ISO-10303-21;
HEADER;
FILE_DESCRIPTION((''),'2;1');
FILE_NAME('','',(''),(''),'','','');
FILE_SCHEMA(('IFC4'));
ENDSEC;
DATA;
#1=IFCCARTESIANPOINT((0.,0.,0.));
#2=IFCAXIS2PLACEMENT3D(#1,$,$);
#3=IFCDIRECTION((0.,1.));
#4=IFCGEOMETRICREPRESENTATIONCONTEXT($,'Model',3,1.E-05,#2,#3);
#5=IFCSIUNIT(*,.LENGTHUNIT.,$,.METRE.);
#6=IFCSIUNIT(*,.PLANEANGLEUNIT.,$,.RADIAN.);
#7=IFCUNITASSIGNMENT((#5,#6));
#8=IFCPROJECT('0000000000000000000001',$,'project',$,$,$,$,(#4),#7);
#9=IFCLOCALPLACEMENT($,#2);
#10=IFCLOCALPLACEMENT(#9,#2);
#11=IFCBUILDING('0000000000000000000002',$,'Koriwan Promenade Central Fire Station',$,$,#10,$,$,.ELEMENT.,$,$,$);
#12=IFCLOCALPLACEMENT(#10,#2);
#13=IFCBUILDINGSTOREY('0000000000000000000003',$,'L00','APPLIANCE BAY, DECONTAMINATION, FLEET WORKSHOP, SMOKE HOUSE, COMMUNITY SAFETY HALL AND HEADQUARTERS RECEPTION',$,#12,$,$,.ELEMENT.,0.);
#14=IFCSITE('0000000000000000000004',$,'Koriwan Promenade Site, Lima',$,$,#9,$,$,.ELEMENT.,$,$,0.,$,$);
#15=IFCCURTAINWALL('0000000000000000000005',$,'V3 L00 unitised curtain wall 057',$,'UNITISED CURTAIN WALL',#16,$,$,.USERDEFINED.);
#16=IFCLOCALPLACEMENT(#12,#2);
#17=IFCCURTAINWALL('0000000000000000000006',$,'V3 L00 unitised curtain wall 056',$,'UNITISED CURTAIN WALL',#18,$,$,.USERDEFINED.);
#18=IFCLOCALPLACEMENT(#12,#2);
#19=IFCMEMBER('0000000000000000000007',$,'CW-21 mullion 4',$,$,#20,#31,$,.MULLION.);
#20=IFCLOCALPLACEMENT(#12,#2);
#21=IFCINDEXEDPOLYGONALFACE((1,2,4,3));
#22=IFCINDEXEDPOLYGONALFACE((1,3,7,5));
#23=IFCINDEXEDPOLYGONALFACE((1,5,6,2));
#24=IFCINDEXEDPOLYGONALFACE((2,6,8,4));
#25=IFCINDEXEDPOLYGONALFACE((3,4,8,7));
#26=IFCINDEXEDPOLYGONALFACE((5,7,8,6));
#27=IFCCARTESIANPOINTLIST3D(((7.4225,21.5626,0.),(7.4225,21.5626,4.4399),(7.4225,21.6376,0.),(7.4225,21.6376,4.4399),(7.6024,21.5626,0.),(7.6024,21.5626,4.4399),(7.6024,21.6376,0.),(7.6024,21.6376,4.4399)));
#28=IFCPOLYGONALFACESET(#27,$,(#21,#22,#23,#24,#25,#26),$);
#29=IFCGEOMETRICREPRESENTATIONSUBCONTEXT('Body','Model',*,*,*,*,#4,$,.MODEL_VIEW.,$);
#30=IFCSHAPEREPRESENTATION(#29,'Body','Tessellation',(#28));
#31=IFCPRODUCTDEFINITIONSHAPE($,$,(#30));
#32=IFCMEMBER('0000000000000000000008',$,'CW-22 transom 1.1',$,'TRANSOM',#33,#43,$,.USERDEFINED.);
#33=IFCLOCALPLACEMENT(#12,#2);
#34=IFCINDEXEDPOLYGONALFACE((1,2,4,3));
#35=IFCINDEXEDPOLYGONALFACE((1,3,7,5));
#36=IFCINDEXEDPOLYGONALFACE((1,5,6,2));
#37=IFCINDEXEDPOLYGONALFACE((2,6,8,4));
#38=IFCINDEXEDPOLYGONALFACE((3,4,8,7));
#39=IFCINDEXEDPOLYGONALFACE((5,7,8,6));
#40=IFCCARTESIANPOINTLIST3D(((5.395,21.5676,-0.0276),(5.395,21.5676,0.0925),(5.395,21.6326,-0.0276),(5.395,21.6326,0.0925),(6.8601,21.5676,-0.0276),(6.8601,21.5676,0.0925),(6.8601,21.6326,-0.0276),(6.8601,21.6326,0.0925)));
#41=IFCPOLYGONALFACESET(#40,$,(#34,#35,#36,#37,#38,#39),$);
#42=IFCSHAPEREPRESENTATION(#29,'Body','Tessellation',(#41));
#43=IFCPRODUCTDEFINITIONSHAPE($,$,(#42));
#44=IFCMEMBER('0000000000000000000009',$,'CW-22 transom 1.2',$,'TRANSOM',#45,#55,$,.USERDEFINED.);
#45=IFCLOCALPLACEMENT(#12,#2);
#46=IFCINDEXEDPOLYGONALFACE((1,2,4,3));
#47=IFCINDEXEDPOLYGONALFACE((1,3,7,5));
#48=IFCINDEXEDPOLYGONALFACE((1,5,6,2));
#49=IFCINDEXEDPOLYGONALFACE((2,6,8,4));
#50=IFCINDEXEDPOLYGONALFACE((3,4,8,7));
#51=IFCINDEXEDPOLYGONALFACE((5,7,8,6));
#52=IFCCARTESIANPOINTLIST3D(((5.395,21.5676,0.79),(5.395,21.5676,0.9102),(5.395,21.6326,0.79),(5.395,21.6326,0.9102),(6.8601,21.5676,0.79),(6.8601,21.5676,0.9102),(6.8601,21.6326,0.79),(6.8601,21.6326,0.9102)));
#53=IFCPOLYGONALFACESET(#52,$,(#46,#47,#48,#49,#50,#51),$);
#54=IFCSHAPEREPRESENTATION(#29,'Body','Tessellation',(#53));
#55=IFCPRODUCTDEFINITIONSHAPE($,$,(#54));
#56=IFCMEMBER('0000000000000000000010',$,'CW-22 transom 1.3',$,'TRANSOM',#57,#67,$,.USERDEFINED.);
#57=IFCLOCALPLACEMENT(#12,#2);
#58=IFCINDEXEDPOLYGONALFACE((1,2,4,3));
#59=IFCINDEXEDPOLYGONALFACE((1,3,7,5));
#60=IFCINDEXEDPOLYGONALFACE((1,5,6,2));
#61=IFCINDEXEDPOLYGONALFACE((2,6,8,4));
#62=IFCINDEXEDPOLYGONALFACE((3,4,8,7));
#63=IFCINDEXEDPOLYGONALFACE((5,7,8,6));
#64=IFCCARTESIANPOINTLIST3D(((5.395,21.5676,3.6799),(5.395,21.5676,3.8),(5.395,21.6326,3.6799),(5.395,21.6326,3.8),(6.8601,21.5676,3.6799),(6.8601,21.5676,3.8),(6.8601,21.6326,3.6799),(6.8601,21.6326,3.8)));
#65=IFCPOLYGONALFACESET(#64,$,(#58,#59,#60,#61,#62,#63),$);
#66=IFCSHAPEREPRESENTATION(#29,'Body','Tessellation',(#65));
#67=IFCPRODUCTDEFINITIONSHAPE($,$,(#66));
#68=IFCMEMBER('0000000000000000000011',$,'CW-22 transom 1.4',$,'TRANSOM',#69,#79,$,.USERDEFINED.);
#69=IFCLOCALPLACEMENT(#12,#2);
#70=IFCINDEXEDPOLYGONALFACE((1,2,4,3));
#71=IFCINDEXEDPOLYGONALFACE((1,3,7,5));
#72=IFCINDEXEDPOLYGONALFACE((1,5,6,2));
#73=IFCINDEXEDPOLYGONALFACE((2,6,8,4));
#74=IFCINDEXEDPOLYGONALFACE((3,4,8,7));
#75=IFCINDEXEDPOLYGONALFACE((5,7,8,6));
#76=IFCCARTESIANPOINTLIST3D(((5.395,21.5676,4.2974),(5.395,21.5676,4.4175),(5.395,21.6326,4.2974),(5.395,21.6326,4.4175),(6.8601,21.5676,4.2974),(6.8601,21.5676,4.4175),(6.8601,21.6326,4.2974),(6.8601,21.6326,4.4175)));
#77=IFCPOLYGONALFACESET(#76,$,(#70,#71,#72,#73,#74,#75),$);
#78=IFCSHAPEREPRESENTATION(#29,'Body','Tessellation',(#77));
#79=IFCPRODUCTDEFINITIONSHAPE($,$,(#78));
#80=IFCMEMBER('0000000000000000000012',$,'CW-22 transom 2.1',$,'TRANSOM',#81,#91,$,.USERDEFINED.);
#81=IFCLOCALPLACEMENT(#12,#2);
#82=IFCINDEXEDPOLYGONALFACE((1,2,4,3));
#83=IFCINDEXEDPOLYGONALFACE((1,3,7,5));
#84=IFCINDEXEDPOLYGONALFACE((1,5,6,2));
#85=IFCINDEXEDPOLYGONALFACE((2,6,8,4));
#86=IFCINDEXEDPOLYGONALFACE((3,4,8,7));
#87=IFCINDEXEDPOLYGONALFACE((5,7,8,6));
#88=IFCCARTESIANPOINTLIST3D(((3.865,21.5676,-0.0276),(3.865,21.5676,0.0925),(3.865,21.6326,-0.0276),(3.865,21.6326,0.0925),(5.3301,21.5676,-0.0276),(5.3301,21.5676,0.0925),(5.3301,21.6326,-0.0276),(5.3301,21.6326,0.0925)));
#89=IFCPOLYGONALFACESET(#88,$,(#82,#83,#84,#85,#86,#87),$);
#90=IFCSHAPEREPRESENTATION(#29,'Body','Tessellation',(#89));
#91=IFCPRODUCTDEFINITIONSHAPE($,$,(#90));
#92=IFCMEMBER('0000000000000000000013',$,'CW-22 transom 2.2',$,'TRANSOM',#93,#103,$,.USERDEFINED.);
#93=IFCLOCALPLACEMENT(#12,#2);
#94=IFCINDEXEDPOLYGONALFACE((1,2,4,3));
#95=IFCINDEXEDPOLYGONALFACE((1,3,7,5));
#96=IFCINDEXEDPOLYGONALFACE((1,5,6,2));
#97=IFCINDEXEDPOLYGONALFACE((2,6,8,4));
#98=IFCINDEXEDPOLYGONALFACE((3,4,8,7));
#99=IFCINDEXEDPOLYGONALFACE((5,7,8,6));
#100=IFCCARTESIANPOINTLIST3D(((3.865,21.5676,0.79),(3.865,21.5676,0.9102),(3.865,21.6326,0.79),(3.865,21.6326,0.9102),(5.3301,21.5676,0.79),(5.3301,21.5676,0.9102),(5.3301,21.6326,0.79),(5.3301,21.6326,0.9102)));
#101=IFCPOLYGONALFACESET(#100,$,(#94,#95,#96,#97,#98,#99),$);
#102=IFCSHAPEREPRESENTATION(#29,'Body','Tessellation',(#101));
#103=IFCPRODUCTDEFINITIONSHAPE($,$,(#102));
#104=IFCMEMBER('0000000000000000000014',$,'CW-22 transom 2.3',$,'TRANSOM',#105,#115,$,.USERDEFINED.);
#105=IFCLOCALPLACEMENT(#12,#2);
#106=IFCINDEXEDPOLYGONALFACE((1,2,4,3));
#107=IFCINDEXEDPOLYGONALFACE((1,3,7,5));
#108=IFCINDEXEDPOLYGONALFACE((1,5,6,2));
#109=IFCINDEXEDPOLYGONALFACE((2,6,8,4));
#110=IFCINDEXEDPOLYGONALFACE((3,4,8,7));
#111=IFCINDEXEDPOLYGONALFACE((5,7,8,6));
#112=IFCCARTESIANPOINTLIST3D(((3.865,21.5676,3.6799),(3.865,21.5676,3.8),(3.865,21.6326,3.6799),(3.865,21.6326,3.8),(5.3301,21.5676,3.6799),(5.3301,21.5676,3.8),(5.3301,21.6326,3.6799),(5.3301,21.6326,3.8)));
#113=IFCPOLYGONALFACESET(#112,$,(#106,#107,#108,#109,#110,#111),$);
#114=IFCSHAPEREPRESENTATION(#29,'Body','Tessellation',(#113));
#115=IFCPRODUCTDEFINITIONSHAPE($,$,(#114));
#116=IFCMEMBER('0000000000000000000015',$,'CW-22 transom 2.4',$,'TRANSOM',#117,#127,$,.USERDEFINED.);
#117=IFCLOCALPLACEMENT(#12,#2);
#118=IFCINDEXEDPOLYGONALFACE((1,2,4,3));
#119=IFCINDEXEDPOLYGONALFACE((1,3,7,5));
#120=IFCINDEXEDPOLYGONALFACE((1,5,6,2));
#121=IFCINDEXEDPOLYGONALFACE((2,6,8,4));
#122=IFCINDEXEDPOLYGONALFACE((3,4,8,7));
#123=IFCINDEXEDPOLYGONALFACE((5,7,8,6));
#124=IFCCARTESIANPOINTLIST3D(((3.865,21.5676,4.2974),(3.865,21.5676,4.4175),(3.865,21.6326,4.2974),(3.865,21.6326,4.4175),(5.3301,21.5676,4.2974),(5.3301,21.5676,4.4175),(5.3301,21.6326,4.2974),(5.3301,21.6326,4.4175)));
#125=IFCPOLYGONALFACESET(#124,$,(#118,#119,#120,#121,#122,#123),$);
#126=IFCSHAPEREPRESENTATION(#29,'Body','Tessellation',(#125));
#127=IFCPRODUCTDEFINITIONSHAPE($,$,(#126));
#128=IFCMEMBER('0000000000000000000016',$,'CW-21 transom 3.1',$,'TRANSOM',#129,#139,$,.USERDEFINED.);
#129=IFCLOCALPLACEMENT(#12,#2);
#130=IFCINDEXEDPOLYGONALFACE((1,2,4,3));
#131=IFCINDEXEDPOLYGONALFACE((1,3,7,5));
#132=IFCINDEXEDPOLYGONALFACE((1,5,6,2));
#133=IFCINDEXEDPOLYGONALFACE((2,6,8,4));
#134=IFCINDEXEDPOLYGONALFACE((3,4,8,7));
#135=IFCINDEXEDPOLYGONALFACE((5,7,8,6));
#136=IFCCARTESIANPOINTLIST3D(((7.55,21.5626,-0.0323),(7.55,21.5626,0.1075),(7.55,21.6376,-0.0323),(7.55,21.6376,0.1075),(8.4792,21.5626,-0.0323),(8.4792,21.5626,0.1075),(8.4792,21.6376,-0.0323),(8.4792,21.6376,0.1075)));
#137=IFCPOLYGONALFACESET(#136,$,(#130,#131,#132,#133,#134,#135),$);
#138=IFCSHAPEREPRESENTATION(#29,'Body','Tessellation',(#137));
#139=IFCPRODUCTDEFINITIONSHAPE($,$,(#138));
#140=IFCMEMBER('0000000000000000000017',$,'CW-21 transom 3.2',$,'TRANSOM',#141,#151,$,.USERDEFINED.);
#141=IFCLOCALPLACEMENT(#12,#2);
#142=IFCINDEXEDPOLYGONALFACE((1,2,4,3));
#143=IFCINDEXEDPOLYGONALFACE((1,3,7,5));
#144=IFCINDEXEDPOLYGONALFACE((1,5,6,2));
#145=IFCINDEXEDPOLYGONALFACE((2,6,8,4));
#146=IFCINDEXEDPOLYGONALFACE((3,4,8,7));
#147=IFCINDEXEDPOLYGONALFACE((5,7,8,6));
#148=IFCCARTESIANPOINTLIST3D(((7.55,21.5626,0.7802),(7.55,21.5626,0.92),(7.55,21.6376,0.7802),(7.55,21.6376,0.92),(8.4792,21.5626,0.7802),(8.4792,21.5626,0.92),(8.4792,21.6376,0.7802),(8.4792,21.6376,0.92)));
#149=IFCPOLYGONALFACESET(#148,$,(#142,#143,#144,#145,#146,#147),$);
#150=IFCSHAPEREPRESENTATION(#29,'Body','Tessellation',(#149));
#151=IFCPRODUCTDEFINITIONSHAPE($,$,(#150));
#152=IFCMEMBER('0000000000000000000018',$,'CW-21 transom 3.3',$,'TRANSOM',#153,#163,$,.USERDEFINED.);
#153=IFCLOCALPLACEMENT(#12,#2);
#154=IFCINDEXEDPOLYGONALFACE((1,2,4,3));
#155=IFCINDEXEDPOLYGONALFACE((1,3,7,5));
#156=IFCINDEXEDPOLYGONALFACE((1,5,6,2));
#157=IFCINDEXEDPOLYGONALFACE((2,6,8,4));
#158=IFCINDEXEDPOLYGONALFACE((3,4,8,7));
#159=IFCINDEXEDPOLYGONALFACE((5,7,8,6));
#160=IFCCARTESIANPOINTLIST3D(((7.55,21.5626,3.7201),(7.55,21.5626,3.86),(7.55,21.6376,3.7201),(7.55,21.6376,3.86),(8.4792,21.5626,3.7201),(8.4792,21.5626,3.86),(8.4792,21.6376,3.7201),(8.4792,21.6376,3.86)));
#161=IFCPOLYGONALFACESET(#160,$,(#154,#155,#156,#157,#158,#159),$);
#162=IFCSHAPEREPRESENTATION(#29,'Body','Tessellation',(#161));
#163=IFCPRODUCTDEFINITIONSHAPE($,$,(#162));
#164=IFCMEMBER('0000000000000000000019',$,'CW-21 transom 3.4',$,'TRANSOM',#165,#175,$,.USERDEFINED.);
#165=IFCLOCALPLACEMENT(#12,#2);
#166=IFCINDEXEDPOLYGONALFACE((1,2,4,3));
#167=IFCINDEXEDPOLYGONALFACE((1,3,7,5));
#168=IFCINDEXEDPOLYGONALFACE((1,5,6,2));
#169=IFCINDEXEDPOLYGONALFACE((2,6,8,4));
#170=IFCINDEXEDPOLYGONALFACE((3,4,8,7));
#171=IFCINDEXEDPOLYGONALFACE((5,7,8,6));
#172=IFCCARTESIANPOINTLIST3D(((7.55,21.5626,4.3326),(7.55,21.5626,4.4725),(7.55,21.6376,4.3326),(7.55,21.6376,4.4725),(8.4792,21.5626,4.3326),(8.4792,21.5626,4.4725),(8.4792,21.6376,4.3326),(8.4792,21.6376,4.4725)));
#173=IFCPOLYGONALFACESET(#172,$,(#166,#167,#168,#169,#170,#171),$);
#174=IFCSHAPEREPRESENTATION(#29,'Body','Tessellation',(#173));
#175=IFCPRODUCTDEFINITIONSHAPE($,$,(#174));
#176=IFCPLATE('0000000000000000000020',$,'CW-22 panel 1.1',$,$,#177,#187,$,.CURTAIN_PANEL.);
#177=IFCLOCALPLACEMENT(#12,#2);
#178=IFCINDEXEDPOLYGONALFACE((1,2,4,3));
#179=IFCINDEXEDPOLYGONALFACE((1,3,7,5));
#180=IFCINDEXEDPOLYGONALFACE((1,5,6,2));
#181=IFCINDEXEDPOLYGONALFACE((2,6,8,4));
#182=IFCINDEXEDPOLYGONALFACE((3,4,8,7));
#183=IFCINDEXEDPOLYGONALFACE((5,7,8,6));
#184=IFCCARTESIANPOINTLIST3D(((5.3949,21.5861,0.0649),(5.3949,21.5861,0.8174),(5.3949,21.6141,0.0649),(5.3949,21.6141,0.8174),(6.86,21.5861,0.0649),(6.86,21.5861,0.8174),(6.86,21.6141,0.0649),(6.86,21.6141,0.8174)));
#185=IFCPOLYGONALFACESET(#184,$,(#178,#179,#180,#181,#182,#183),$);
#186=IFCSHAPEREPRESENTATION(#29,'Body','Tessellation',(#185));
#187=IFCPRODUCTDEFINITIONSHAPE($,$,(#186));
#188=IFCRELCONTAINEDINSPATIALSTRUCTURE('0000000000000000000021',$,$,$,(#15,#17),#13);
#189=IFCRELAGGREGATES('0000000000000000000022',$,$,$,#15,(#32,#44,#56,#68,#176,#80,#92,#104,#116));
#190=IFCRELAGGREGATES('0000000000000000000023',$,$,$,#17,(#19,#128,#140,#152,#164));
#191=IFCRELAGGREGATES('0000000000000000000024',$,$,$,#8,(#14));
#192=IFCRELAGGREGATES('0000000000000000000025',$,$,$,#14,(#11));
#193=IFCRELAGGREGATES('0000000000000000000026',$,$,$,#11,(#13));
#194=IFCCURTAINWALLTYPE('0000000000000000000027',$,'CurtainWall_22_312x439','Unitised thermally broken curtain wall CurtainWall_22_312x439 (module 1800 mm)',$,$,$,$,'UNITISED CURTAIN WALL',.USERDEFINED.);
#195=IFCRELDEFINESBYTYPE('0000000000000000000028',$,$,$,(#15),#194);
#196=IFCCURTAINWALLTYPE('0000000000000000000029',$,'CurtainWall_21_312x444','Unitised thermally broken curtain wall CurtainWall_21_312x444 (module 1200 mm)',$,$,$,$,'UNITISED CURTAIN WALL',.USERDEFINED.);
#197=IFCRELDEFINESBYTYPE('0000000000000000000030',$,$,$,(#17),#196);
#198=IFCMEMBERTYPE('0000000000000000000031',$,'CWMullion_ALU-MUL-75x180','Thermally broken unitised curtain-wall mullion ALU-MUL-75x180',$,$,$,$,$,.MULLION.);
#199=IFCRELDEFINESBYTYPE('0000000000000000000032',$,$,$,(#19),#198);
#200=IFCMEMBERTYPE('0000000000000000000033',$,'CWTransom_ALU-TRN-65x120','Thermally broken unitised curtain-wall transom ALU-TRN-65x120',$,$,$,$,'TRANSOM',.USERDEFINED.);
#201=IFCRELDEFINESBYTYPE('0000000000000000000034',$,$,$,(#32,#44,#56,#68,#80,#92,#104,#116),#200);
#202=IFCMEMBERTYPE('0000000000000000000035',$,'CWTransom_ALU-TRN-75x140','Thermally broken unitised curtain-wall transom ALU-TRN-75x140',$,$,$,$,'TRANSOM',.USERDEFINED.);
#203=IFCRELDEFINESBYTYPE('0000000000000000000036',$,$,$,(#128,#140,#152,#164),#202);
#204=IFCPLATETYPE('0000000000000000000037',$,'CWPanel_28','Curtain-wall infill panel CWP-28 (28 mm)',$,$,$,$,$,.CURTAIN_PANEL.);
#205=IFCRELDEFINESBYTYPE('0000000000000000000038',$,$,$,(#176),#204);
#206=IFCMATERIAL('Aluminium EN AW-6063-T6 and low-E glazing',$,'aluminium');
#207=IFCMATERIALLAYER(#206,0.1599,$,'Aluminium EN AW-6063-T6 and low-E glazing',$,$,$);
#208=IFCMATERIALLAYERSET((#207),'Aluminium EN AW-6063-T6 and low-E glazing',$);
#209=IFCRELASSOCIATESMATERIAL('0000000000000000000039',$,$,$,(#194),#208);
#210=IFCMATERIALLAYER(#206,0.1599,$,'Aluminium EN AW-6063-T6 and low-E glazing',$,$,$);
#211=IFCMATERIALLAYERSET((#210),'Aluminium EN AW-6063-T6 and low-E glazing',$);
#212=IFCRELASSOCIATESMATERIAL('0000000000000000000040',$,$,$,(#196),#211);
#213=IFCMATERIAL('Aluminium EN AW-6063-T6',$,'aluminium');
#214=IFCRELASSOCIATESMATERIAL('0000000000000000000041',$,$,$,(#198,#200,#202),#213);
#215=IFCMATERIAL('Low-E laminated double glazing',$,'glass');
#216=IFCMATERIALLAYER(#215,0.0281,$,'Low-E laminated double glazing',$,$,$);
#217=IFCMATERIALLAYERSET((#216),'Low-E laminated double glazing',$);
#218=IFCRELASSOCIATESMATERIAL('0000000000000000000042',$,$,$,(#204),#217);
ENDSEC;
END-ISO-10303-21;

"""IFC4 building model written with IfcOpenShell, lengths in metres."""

from ifc_helpers import new_model, si_unit, direction, frame, origin, origin_2d, place, context, subcontext, project, spatial, rectangle, extrude, material, layer, layer_set, material_profile, profile_set, type_object, element, aggregate, save


model = new_model("IFC4")

# Units and contexts
model_context = context("Model", 3, precision=1e-05, world=origin(), true_north=direction((0.0, 1.0)))
body_context = subcontext(model_context, "Body", "Model", "MODEL_VIEW")
ifc_project = project(units=[si_unit("LENGTHUNIT", "METRE"), si_unit("PLANEANGLEUNIT", "RADIAN")], contexts=[model_context])

# Site, building, storey
site_placement = place(None, origin())
site = spatial("IfcSite", under=ifc_project, at=site_placement, Name="Koriwan Promenade Site, Lima", CompositionType="ELEMENT", RefElevation=0.0)
building_placement = place(site_placement, origin())
building = spatial("IfcBuilding", under=site, at=building_placement, Name="Koriwan Promenade Central Fire Station", CompositionType="ELEMENT")
storey_placement = place(building_placement, origin())
storey = spatial("IfcBuildingStorey", under=building, at=storey_placement, Name="L00", Description="APPLIANCE BAY, DECONTAMINATION, FLEET WORKSHOP, SMOKE HOUSE, COMMUNITY SAFETY HALL AND HEADQUARTERS RECEPTION", CompositionType="ELEMENT", Elevation=0.0)

# Curtain walls, member
ifc_material_1 = material(Name="Aluminium EN AW-6063-T6 and low-E glazing", Category="aluminium")
ifc_layer_1 = layer(ifc_material_1, 0.1599, Name="Aluminium EN AW-6063-T6 and low-E glazing")
ifc_layer_set_1 = layer_set([ifc_layer_1], Name="Aluminium EN AW-6063-T6 and low-E glazing")
curtain_wall_type_1 = type_object("IfcCurtainWallType", Name="CurtainWall_22_312x439", Description="Unitised thermally broken curtain wall CurtainWall_22_312x439 (module 1800 mm)", ElementType="UNITISED CURTAIN WALL", PredefinedType="USERDEFINED", material=ifc_layer_set_1)
curtain_wall_1_placement = place(storey_placement, origin())
curtain_wall_1 = element("IfcCurtainWall", 1, at=curtain_wall_1_placement, inside=storey, type_object=curtain_wall_type_1, Name="V3 L00 unitised curtain wall 057", ObjectType="UNITISED CURTAIN WALL", PredefinedType="USERDEFINED")
ifc_material_2 = material(Name="Aluminium EN AW-6063-T6", Category="aluminium")
ifc_layer_2 = layer(ifc_material_1, 0.1599, Name="Aluminium EN AW-6063-T6 and low-E glazing")
ifc_layer_set_2 = layer_set([ifc_layer_2], Name="Aluminium EN AW-6063-T6 and low-E glazing")
curtain_wall_type_2 = type_object("IfcCurtainWallType", Name="CurtainWall_21_312x444", Description="Unitised thermally broken curtain wall CurtainWall_21_312x444 (module 1200 mm)", ElementType="UNITISED CURTAIN WALL", PredefinedType="USERDEFINED", material=ifc_layer_set_2)
curtain_wall_2_placement = place(storey_placement, origin())
curtain_wall_2 = element("IfcCurtainWall", 2, at=curtain_wall_2_placement, inside=storey, type_object=curtain_wall_type_2, Name="V3 L00 unitised curtain wall 056", ObjectType="UNITISED CURTAIN WALL", PredefinedType="USERDEFINED")
ifc_material_profile_1 = material_profile(ifc_material_2, rectangle(XDim=0.075, YDim=0.1799, at=origin_2d()), Name="ALU-MUL-75x180")
ifc_profile_set_1 = profile_set([ifc_material_profile_1], Name="Aluminium EN AW-6063-T6")
member_type_1 = type_object("IfcMemberType", Name="CWMullion_ALU-MUL-75x180", Description="Thermally broken unitised curtain-wall mullion ALU-MUL-75x180", PredefinedType="MULLION", material=ifc_profile_set_1)
member_1_placement = place(storey_placement, frame((7.5125, 21.6001, 0.0), z_axis=(0.0, 0.0, 1.0), x_axis=(0.0, -1.0, 0.0)))
member_1 = element("IfcMember", 3, at=member_1_placement, type_object=member_type_1, Name="CW-21 mullion 4", PredefinedType="MULLION", context=body_context, shape_type="SweptSolid", body=[
    extrude(rectangle(XDim=0.075, YDim=0.1799, at=origin_2d()), origin(), (0.0, 0.0, 1.0), 4.4399),
])

# Members
ifc_material_profile_2 = material_profile(ifc_material_2, rectangle(XDim=0.0649, YDim=0.1201, at=origin_2d()), Name="ALU-TRN-65x120")
ifc_profile_set_2 = profile_set([ifc_material_profile_2], Name="Aluminium EN AW-6063-T6")
member_type_2 = type_object("IfcMemberType", Name="CWTransom_ALU-TRN-65x120", Description="Thermally broken unitised curtain-wall transom ALU-TRN-65x120", ElementType="TRANSOM", PredefinedType="USERDEFINED", material=ifc_profile_set_2)
member_2_placement = place(storey_placement, frame((6.8601, 21.6001, 0.0325), z_axis=(-1.0, 0.0, 0.0), x_axis=(0.0, -1.0, 0.0)))
member_2 = element("IfcMember", 4, at=member_2_placement, type_object=member_type_2, Name="CW-22 transom 1.1", ObjectType="TRANSOM", PredefinedType="USERDEFINED", context=body_context, shape_type="SweptSolid", body=[
    extrude(rectangle(XDim=0.0649, YDim=0.1201, at=origin_2d()), origin(), (0.0, 0.0, 1.0), 1.4651),
])
member_3_placement = place(storey_placement, frame((6.8601, 21.6001, 0.8501), z_axis=(-1.0, 0.0, 0.0), x_axis=(0.0, -1.0, 0.0)))
member_3 = element("IfcMember", 5, at=member_3_placement, type_object=member_type_2, Name="CW-22 transom 1.2", ObjectType="TRANSOM", PredefinedType="USERDEFINED", context=body_context, shape_type="SweptSolid", body=[
    extrude(rectangle(XDim=0.0649, YDim=0.1201, at=origin_2d()), origin(), (0.0, 0.0, 1.0), 1.4651),
])
member_4_placement = place(storey_placement, frame((6.8601, 21.6001, 3.74), z_axis=(-1.0, 0.0, 0.0), x_axis=(0.0, -1.0, 0.0)))
member_4 = element("IfcMember", 6, at=member_4_placement, type_object=member_type_2, Name="CW-22 transom 1.3", ObjectType="TRANSOM", PredefinedType="USERDEFINED", context=body_context, shape_type="SweptSolid", body=[
    extrude(rectangle(XDim=0.0649, YDim=0.1201, at=origin_2d()), origin(), (0.0, 0.0, 1.0), 1.4651),
])
member_5_placement = place(storey_placement, frame((6.8601, 21.6001, 4.3574), z_axis=(-1.0, 0.0, 0.0), x_axis=(0.0, -1.0, 0.0)))
member_5 = element("IfcMember", 7, at=member_5_placement, type_object=member_type_2, Name="CW-22 transom 1.4", ObjectType="TRANSOM", PredefinedType="USERDEFINED", context=body_context, shape_type="SweptSolid", body=[
    extrude(rectangle(XDim=0.0649, YDim=0.1201, at=origin_2d()), origin(), (0.0, 0.0, 1.0), 1.4651),
])
member_6_placement = place(storey_placement, frame((5.3301, 21.6001, 0.0325), z_axis=(-1.0, 0.0, 0.0), x_axis=(0.0, -1.0, 0.0)))
member_6 = element("IfcMember", 8, at=member_6_placement, type_object=member_type_2, Name="CW-22 transom 2.1", ObjectType="TRANSOM", PredefinedType="USERDEFINED", context=body_context, shape_type="SweptSolid", body=[
    extrude(rectangle(XDim=0.0649, YDim=0.1201, at=origin_2d()), origin(), (0.0, 0.0, 1.0), 1.4651),
])
member_7_placement = place(storey_placement, frame((5.3301, 21.6001, 0.8501), z_axis=(-1.0, 0.0, 0.0), x_axis=(0.0, -1.0, 0.0)))
member_7 = element("IfcMember", 9, at=member_7_placement, type_object=member_type_2, Name="CW-22 transom 2.2", ObjectType="TRANSOM", PredefinedType="USERDEFINED", context=body_context, shape_type="SweptSolid", body=[
    extrude(rectangle(XDim=0.0649, YDim=0.1201, at=origin_2d()), origin(), (0.0, 0.0, 1.0), 1.4651),
])
member_8_placement = place(storey_placement, frame((5.3301, 21.6001, 3.74), z_axis=(-1.0, 0.0, 0.0), x_axis=(0.0, -1.0, 0.0)))
member_8 = element("IfcMember", 10, at=member_8_placement, type_object=member_type_2, Name="CW-22 transom 2.3", ObjectType="TRANSOM", PredefinedType="USERDEFINED", context=body_context, shape_type="SweptSolid", body=[
    extrude(rectangle(XDim=0.0649, YDim=0.1201, at=origin_2d()), origin(), (0.0, 0.0, 1.0), 1.4651),
])
member_9_placement = place(storey_placement, frame((5.3301, 21.6001, 4.3574), z_axis=(-1.0, 0.0, 0.0), x_axis=(0.0, -1.0, 0.0)))
member_9 = element("IfcMember", 11, at=member_9_placement, type_object=member_type_2, Name="CW-22 transom 2.4", ObjectType="TRANSOM", PredefinedType="USERDEFINED", context=body_context, shape_type="SweptSolid", body=[
    extrude(rectangle(XDim=0.0649, YDim=0.1201, at=origin_2d()), origin(), (0.0, 0.0, 1.0), 1.4651),
])
ifc_material_profile_3 = material_profile(ifc_material_2, rectangle(XDim=0.075, YDim=0.1399, at=origin_2d()), Name="ALU-TRN-75x140")
ifc_profile_set_3 = profile_set([ifc_material_profile_3], Name="Aluminium EN AW-6063-T6")
member_type_3 = type_object("IfcMemberType", Name="CWTransom_ALU-TRN-75x140", Description="Thermally broken unitised curtain-wall transom ALU-TRN-75x140", ElementType="TRANSOM", PredefinedType="USERDEFINED", material=ifc_profile_set_3)
member_10_placement = place(storey_placement, frame((8.4792, 21.6001, 0.0376), z_axis=(-1.0, 0.0, 0.0), x_axis=(0.0, -1.0, 0.0)))
member_10 = element("IfcMember", 12, at=member_10_placement, type_object=member_type_3, Name="CW-21 transom 3.1", ObjectType="TRANSOM", PredefinedType="USERDEFINED", context=body_context, shape_type="SweptSolid", body=[
    extrude(rectangle(XDim=0.075, YDim=0.1399, at=origin_2d()), origin(), (0.0, 0.0, 1.0), 0.9292),
])
member_11_placement = place(storey_placement, frame((8.4792, 21.6001, 0.8501), z_axis=(-1.0, 0.0, 0.0), x_axis=(0.0, -1.0, 0.0)))
member_11 = element("IfcMember", 13, at=member_11_placement, type_object=member_type_3, Name="CW-21 transom 3.2", ObjectType="TRANSOM", PredefinedType="USERDEFINED", context=body_context, shape_type="SweptSolid", body=[
    extrude(rectangle(XDim=0.075, YDim=0.1399, at=origin_2d()), origin(), (0.0, 0.0, 1.0), 0.9292),
])
member_12_placement = place(storey_placement, frame((8.4792, 21.6001, 3.79), z_axis=(-1.0, 0.0, 0.0), x_axis=(0.0, -1.0, 0.0)))
member_12 = element("IfcMember", 14, at=member_12_placement, type_object=member_type_3, Name="CW-21 transom 3.3", ObjectType="TRANSOM", PredefinedType="USERDEFINED", context=body_context, shape_type="SweptSolid", body=[
    extrude(rectangle(XDim=0.075, YDim=0.1399, at=origin_2d()), origin(), (0.0, 0.0, 1.0), 0.9292),
])
member_13_placement = place(storey_placement, frame((8.4792, 21.6001, 4.4026), z_axis=(-1.0, 0.0, 0.0), x_axis=(0.0, -1.0, 0.0)))
member_13 = element("IfcMember", 15, at=member_13_placement, type_object=member_type_3, Name="CW-21 transom 3.4", ObjectType="TRANSOM", PredefinedType="USERDEFINED", context=body_context, shape_type="SweptSolid", body=[
    extrude(rectangle(XDim=0.075, YDim=0.1399, at=origin_2d()), origin(), (0.0, 0.0, 1.0), 0.9292),
])

# Plate
ifc_material_3 = material(Name="Low-E laminated double glazing", Category="glass")
ifc_layer_3 = layer(ifc_material_3, 0.0281, Name="Low-E laminated double glazing")
ifc_layer_set_3 = layer_set([ifc_layer_3], Name="Low-E laminated double glazing")
plate_type_1 = type_object("IfcPlateType", Name="CWPanel_28", Description="Curtain-wall infill panel CWP-28 (28 mm)", PredefinedType="CURTAIN_PANEL", material=ifc_layer_set_3)
plate_1_placement = place(storey_placement, frame((6.1274, 21.6001, 0.0649), z_axis=(0.0, 0.0, 1.0), x_axis=(-1.0, 0.0, 0.0)))
plate_1 = element("IfcPlate", 16, at=plate_1_placement, type_object=plate_type_1, Name="CW-22 panel 1.1", PredefinedType="CURTAIN_PANEL", context=body_context, shape_type="SweptSolid", body=[
    extrude(rectangle(XDim=1.4651, YDim=0.0281, at=origin_2d()), origin(), (0.0, 0.0, 1.0), 0.7524),
])
aggregate(curtain_wall_1, [member_2, member_3, member_4, member_5, plate_1, member_6, member_7, member_8, member_9])
aggregate(curtain_wall_2, [member_1, member_10, member_11, member_12, member_13])

save(model, "model.ifc")
